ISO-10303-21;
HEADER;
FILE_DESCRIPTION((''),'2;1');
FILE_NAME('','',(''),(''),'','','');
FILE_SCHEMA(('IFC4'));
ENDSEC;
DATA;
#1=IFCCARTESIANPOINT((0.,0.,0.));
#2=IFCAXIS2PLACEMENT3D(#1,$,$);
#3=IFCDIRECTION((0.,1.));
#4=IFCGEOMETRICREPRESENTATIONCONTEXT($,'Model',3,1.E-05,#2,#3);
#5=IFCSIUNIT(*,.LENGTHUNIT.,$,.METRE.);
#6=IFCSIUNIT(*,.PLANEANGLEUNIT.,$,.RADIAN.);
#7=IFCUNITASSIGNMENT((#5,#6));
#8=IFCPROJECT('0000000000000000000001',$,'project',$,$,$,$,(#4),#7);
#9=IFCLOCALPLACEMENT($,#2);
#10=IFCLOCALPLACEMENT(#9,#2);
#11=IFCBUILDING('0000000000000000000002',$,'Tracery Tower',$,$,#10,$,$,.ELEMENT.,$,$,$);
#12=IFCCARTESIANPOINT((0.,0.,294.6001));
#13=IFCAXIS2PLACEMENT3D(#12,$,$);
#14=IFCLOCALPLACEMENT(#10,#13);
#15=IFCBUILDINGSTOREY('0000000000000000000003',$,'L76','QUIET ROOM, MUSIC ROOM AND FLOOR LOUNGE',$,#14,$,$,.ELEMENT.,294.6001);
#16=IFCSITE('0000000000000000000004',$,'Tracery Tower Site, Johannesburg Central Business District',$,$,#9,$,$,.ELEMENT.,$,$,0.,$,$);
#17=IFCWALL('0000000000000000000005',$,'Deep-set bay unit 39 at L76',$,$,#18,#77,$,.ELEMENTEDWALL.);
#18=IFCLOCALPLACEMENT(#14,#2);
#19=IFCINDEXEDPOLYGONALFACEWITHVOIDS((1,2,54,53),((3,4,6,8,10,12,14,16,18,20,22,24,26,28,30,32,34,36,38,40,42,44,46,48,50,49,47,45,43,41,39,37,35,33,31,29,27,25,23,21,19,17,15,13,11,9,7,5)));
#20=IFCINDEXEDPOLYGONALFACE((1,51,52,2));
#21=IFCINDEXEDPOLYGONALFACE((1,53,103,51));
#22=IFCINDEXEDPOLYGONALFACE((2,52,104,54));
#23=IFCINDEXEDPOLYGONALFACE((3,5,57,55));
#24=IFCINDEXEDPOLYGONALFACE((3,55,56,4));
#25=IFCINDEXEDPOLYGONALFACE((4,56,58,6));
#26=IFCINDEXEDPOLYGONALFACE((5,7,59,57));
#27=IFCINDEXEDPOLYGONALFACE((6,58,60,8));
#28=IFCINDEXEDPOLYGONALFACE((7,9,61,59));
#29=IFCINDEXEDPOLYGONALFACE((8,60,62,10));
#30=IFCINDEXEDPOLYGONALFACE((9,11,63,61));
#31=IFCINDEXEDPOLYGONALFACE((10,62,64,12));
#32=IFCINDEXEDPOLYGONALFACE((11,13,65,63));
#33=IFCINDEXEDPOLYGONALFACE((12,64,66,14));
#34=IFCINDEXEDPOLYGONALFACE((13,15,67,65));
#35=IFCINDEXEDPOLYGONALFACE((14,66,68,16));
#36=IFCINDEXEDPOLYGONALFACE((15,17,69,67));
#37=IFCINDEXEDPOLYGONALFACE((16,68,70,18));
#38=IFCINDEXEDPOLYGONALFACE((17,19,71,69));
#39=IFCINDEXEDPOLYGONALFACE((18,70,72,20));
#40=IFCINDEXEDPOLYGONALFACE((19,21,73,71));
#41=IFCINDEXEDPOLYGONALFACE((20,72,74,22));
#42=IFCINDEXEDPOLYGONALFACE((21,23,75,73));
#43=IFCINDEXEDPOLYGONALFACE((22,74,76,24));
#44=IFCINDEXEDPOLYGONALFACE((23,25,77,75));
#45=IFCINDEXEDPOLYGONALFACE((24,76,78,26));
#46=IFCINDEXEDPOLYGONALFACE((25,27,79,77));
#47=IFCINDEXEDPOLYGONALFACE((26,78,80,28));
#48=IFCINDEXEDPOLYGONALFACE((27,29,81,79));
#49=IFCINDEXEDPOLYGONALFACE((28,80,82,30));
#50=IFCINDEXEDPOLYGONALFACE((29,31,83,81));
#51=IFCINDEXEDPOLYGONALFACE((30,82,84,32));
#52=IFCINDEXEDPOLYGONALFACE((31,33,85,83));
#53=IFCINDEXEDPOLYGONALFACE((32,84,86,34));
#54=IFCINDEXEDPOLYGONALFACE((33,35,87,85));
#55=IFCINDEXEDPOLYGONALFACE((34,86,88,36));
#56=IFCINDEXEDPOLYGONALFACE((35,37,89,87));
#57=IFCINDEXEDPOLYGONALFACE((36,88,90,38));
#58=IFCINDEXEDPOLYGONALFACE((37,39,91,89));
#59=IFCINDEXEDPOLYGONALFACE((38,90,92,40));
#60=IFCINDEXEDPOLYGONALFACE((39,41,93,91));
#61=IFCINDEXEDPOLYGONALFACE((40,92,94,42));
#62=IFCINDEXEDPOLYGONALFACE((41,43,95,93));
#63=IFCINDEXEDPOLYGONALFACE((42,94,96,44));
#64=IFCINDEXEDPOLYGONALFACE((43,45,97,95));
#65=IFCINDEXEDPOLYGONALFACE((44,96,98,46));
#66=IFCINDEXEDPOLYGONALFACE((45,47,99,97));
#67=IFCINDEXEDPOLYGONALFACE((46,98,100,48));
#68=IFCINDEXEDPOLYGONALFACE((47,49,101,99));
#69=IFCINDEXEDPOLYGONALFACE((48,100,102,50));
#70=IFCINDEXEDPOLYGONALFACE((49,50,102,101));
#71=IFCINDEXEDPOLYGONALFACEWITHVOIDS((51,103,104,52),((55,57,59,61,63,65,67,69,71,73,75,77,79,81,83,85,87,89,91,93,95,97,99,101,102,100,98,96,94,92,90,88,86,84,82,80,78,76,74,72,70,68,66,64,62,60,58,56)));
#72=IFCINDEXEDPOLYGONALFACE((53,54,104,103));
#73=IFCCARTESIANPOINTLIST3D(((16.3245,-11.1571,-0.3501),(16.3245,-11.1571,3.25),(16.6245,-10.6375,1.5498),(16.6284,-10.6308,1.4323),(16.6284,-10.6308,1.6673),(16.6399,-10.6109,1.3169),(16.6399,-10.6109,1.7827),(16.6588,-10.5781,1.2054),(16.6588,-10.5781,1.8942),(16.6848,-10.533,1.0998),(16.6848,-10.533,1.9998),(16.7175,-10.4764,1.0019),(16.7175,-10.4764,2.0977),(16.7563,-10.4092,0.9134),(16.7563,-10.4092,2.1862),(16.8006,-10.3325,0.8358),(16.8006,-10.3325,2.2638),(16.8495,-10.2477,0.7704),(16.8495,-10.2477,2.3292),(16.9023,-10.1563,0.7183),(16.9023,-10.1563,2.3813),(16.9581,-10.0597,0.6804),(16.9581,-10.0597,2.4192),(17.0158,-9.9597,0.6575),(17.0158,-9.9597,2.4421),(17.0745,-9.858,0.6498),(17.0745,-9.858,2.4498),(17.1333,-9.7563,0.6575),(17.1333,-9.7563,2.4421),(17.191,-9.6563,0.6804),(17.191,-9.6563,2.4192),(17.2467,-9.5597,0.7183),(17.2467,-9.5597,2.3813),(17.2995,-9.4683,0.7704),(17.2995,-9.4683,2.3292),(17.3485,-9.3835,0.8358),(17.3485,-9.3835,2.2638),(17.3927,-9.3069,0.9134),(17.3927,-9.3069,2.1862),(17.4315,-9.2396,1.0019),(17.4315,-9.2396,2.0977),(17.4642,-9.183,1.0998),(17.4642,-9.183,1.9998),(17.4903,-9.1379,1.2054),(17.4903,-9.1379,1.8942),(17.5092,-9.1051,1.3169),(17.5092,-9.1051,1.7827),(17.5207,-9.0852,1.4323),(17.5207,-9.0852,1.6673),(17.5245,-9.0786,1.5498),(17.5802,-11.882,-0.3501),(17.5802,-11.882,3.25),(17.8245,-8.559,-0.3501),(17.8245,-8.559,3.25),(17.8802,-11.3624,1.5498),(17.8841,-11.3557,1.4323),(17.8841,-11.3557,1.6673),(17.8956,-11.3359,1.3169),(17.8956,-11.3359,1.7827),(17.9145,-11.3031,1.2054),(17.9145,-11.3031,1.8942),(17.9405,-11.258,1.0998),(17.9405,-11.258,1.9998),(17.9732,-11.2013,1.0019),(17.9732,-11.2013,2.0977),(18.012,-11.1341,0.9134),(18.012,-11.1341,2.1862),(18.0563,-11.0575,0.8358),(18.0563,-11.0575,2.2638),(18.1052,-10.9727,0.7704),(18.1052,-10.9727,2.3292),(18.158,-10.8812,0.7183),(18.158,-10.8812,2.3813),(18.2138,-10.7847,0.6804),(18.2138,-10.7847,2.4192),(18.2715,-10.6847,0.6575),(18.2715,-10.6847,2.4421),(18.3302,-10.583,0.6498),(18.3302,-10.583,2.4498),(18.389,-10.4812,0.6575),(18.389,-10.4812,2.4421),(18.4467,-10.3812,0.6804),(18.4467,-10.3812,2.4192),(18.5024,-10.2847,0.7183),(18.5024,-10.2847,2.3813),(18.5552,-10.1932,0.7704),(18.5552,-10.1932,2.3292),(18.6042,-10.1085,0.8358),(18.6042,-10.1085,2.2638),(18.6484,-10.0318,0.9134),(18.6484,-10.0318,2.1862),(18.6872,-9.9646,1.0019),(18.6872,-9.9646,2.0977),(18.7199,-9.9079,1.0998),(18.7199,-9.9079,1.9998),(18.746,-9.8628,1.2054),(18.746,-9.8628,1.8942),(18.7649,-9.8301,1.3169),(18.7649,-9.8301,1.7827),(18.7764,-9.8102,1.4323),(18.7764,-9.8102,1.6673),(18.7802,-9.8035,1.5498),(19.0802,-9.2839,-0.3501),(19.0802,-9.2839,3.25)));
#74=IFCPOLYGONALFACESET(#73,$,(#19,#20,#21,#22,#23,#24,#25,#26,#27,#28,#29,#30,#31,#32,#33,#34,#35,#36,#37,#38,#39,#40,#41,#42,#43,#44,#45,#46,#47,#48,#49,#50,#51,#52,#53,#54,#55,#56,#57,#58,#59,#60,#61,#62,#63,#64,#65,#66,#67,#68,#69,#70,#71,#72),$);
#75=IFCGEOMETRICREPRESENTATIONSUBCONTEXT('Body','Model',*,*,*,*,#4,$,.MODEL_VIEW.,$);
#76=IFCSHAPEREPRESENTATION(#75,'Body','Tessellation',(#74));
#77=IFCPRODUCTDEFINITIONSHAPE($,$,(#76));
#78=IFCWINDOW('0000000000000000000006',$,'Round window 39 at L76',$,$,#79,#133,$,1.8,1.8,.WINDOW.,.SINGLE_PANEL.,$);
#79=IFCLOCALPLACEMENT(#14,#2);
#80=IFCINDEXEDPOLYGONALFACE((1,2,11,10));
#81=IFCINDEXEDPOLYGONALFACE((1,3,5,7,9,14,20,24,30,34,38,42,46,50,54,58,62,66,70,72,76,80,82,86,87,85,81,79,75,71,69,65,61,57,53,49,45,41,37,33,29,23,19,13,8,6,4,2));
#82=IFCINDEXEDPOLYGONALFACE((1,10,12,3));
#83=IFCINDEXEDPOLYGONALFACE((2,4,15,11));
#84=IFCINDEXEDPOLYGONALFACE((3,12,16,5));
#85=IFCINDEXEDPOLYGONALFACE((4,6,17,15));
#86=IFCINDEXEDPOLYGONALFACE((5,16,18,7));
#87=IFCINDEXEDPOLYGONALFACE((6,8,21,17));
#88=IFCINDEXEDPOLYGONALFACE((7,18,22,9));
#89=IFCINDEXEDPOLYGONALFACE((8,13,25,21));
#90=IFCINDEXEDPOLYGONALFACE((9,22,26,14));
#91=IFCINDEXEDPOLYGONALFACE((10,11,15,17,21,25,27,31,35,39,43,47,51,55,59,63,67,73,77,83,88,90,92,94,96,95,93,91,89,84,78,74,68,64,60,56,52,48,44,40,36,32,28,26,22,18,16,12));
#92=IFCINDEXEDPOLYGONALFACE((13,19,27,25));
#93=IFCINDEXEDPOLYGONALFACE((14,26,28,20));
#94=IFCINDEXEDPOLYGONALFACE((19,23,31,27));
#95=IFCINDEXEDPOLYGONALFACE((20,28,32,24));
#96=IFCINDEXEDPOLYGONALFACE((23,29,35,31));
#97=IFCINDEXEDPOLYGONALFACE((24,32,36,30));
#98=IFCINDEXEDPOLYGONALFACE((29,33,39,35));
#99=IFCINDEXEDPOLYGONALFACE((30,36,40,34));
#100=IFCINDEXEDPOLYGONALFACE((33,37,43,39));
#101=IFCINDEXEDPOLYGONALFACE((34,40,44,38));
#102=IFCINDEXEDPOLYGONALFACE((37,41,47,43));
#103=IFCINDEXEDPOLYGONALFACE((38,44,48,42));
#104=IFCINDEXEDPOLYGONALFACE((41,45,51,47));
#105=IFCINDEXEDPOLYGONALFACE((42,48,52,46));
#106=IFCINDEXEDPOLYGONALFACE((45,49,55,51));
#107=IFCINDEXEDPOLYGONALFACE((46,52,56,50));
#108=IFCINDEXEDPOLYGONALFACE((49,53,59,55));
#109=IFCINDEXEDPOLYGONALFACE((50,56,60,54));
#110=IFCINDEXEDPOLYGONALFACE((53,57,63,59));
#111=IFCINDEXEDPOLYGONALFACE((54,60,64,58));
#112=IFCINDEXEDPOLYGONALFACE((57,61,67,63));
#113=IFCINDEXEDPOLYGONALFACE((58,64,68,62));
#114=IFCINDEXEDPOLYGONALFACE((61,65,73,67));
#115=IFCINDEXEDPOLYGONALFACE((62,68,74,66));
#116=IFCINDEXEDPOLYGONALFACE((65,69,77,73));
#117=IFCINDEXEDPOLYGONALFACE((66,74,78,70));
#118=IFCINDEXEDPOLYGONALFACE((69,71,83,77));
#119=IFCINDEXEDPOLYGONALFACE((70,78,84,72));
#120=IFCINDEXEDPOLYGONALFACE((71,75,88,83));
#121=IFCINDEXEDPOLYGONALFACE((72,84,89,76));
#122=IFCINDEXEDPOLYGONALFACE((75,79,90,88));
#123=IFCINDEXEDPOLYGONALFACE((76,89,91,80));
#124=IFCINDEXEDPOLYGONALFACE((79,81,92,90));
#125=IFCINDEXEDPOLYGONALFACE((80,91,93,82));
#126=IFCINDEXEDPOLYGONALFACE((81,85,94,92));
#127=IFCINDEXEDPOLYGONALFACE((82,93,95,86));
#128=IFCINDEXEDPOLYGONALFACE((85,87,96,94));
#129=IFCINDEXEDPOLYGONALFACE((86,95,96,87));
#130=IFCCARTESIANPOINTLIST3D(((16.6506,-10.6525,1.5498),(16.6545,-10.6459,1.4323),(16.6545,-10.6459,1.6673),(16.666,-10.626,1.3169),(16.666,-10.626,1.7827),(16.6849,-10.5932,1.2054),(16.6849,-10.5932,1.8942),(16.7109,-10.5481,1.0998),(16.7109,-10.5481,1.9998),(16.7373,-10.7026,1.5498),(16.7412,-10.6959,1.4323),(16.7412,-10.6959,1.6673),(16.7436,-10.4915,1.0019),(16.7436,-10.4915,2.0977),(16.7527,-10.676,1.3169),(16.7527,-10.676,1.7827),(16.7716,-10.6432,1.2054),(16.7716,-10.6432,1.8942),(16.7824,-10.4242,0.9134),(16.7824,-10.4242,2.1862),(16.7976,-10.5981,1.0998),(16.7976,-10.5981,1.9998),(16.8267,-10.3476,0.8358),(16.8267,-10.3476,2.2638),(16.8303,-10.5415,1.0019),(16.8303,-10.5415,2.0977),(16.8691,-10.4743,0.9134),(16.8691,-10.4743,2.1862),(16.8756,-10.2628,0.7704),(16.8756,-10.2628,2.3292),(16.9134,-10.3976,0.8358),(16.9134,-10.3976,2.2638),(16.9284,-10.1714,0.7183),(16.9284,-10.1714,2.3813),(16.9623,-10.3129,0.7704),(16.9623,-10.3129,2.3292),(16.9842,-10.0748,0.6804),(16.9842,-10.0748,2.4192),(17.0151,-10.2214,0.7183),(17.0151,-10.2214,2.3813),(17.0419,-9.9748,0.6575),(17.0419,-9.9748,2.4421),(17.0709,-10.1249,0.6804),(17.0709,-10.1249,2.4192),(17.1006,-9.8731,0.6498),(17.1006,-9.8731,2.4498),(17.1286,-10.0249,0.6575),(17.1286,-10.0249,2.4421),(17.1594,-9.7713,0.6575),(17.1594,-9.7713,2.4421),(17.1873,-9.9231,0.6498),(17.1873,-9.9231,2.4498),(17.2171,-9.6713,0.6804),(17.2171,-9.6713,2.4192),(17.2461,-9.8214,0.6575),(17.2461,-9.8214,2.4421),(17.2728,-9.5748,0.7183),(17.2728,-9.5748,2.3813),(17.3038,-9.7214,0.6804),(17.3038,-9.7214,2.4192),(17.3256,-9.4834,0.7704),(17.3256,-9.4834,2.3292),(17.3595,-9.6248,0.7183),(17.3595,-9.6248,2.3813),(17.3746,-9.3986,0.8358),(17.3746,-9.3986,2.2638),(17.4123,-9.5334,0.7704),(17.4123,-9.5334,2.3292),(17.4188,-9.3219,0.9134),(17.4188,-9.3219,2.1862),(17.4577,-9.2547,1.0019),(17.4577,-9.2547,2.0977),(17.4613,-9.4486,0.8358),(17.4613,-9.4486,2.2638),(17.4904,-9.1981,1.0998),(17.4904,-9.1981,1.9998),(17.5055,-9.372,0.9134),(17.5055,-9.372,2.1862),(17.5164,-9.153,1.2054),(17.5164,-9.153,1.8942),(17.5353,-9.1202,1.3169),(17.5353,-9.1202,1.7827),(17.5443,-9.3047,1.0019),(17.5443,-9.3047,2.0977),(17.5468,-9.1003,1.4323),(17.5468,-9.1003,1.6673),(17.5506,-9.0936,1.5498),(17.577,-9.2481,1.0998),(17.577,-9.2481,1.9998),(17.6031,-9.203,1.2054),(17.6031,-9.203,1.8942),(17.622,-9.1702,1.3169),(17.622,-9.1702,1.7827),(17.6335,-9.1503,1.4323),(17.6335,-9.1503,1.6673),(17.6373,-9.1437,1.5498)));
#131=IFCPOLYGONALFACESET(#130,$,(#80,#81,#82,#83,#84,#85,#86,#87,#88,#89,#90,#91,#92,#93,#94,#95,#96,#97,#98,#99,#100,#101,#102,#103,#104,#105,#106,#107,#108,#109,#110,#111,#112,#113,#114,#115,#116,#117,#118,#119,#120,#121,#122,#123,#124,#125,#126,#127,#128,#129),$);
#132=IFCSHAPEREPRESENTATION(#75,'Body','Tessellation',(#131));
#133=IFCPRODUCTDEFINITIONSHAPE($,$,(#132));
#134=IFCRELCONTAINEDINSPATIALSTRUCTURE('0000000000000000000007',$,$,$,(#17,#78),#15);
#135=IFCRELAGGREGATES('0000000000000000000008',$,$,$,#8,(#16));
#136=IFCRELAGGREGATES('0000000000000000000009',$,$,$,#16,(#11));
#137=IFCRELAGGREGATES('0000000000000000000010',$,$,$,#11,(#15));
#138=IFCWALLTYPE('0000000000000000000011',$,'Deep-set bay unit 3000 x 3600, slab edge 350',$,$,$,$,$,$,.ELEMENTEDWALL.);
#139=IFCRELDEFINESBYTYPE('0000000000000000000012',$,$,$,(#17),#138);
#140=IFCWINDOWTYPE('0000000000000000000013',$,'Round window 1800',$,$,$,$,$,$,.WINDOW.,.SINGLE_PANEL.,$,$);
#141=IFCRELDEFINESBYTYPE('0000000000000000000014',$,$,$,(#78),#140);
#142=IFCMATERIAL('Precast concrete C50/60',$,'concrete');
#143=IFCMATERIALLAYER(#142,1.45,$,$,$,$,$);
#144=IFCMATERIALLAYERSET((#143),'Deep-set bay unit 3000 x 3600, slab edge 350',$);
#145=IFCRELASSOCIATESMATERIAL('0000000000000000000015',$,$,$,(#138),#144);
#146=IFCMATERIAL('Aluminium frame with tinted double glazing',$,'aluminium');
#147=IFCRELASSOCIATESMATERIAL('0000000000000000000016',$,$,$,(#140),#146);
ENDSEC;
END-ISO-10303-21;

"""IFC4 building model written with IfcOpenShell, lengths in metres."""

from ifc_helpers import new_model, si_unit, direction, frame, frame_2d, origin, origin_2d, place, context, subcontext, project, spatial, rectangle, circle, extrude, material, layer, layer_set, type_object, element, fill, save


model = new_model("IFC4")

# Units and contexts
model_context = context("Model", 3, precision=1e-05, world=origin(), true_north=direction((0.0, 1.0)))
body_context = subcontext(model_context, "Body", "Model", "MODEL_VIEW")
ifc_project = project(units=[si_unit("LENGTHUNIT", "METRE"), si_unit("PLANEANGLEUNIT", "RADIAN")], contexts=[model_context])

# Site, building, storey
site_placement = place(None, origin())
site = spatial("IfcSite", under=ifc_project, at=site_placement, Name="Tracery Tower Site, Johannesburg Central Business District", CompositionType="ELEMENT", RefElevation=0.0)
building_placement = place(site_placement, origin())
building = spatial("IfcBuilding", under=site, at=building_placement, Name="Tracery Tower", CompositionType="ELEMENT")
storey_placement = place(building_placement, frame((0.0, 0.0, 294.6001)))
storey = spatial("IfcBuildingStorey", under=building, at=storey_placement, Name="L76", Description="QUIET ROOM, MUSIC ROOM AND FLOOR LOUNGE", CompositionType="ELEMENT", Elevation=294.6001)

# Wall, opening, window
ifc_material_1 = material(Name="Precast concrete C50/60", Category="concrete")
ifc_layer_1 = layer(ifc_material_1, 1.45)
ifc_layer_set_1 = layer_set([ifc_layer_1], Name="Deep-set bay unit 3000 x 3600, slab edge 350")
wall_type_1 = type_object("IfcWallType", Name="Deep-set bay unit 3000 x 3600, slab edge 350", PredefinedType="ELEMENTEDWALL", material=ifc_layer_set_1)
ifc_material_2 = material(Name="Aluminium frame with tinted double glazing", Category="aluminium")
window_type = type_object("IfcWindowType", Name="Round window 1800", PartitioningType="SINGLE_PANEL", PredefinedType="WINDOW", material=ifc_material_2)
wall_1_placement = place(storey_placement, frame((16.9524, -11.5195, -0.3501), z_axis=(0.0, 0.0, 1.0), x_axis=(0.49999, 0.866031, 0.0)))
wall_1 = element("IfcWall", 1, at=wall_1_placement, inside=storey, type_object=wall_type_1, Name="Deep-set bay unit 39 at L76", PredefinedType="ELEMENTEDWALL", context=body_context, shape_type="SweptSolid", body=[
    extrude(rectangle(XDim=3.0, YDim=1.45, at=frame_2d((1.5, 0.0))), origin(), (0.0, 0.0, 1.0), 3.6001),
])
opening_1_placement = place(wall_1_placement, frame((1.5, 0.0, 1.8999)))
opening_1 = element("IfcOpeningElement", 2, at=opening_1_placement, cuts=wall_1, PredefinedType="OPENING", context=body_context, shape_type="SweptSolid", body=[
    extrude(circle(Radius=0.9, at=origin_2d()), frame((0.0, 0.7349, 0.0), z_axis=(0.0, -1.0, 0.0), x_axis=(1.0, 0.0, 0.0)), (0.0, 0.0, 1.0), 1.47),
])
window_1_placement = place(opening_1_placement, origin())
window_1 = element("IfcWindow", 3, at=window_1_placement, inside=storey, type_object=window_type, Name="Round window 39 at L76", OverallHeight=1.8, OverallWidth=1.8, PartitioningType="SINGLE_PANEL", PredefinedType="WINDOW", context=body_context, shape_type="SweptSolid", body=[
    extrude(circle(Radius=0.9, at=origin_2d()), frame((0.0, 0.6948, 0.0), z_axis=(0.0, -1.0, 0.0), x_axis=(1.0, 0.0, 0.0)), (0.0, 0.0, 1.0), 0.1001),
])
fill(opening_1, window_1)

save(model, "model.ifc")
